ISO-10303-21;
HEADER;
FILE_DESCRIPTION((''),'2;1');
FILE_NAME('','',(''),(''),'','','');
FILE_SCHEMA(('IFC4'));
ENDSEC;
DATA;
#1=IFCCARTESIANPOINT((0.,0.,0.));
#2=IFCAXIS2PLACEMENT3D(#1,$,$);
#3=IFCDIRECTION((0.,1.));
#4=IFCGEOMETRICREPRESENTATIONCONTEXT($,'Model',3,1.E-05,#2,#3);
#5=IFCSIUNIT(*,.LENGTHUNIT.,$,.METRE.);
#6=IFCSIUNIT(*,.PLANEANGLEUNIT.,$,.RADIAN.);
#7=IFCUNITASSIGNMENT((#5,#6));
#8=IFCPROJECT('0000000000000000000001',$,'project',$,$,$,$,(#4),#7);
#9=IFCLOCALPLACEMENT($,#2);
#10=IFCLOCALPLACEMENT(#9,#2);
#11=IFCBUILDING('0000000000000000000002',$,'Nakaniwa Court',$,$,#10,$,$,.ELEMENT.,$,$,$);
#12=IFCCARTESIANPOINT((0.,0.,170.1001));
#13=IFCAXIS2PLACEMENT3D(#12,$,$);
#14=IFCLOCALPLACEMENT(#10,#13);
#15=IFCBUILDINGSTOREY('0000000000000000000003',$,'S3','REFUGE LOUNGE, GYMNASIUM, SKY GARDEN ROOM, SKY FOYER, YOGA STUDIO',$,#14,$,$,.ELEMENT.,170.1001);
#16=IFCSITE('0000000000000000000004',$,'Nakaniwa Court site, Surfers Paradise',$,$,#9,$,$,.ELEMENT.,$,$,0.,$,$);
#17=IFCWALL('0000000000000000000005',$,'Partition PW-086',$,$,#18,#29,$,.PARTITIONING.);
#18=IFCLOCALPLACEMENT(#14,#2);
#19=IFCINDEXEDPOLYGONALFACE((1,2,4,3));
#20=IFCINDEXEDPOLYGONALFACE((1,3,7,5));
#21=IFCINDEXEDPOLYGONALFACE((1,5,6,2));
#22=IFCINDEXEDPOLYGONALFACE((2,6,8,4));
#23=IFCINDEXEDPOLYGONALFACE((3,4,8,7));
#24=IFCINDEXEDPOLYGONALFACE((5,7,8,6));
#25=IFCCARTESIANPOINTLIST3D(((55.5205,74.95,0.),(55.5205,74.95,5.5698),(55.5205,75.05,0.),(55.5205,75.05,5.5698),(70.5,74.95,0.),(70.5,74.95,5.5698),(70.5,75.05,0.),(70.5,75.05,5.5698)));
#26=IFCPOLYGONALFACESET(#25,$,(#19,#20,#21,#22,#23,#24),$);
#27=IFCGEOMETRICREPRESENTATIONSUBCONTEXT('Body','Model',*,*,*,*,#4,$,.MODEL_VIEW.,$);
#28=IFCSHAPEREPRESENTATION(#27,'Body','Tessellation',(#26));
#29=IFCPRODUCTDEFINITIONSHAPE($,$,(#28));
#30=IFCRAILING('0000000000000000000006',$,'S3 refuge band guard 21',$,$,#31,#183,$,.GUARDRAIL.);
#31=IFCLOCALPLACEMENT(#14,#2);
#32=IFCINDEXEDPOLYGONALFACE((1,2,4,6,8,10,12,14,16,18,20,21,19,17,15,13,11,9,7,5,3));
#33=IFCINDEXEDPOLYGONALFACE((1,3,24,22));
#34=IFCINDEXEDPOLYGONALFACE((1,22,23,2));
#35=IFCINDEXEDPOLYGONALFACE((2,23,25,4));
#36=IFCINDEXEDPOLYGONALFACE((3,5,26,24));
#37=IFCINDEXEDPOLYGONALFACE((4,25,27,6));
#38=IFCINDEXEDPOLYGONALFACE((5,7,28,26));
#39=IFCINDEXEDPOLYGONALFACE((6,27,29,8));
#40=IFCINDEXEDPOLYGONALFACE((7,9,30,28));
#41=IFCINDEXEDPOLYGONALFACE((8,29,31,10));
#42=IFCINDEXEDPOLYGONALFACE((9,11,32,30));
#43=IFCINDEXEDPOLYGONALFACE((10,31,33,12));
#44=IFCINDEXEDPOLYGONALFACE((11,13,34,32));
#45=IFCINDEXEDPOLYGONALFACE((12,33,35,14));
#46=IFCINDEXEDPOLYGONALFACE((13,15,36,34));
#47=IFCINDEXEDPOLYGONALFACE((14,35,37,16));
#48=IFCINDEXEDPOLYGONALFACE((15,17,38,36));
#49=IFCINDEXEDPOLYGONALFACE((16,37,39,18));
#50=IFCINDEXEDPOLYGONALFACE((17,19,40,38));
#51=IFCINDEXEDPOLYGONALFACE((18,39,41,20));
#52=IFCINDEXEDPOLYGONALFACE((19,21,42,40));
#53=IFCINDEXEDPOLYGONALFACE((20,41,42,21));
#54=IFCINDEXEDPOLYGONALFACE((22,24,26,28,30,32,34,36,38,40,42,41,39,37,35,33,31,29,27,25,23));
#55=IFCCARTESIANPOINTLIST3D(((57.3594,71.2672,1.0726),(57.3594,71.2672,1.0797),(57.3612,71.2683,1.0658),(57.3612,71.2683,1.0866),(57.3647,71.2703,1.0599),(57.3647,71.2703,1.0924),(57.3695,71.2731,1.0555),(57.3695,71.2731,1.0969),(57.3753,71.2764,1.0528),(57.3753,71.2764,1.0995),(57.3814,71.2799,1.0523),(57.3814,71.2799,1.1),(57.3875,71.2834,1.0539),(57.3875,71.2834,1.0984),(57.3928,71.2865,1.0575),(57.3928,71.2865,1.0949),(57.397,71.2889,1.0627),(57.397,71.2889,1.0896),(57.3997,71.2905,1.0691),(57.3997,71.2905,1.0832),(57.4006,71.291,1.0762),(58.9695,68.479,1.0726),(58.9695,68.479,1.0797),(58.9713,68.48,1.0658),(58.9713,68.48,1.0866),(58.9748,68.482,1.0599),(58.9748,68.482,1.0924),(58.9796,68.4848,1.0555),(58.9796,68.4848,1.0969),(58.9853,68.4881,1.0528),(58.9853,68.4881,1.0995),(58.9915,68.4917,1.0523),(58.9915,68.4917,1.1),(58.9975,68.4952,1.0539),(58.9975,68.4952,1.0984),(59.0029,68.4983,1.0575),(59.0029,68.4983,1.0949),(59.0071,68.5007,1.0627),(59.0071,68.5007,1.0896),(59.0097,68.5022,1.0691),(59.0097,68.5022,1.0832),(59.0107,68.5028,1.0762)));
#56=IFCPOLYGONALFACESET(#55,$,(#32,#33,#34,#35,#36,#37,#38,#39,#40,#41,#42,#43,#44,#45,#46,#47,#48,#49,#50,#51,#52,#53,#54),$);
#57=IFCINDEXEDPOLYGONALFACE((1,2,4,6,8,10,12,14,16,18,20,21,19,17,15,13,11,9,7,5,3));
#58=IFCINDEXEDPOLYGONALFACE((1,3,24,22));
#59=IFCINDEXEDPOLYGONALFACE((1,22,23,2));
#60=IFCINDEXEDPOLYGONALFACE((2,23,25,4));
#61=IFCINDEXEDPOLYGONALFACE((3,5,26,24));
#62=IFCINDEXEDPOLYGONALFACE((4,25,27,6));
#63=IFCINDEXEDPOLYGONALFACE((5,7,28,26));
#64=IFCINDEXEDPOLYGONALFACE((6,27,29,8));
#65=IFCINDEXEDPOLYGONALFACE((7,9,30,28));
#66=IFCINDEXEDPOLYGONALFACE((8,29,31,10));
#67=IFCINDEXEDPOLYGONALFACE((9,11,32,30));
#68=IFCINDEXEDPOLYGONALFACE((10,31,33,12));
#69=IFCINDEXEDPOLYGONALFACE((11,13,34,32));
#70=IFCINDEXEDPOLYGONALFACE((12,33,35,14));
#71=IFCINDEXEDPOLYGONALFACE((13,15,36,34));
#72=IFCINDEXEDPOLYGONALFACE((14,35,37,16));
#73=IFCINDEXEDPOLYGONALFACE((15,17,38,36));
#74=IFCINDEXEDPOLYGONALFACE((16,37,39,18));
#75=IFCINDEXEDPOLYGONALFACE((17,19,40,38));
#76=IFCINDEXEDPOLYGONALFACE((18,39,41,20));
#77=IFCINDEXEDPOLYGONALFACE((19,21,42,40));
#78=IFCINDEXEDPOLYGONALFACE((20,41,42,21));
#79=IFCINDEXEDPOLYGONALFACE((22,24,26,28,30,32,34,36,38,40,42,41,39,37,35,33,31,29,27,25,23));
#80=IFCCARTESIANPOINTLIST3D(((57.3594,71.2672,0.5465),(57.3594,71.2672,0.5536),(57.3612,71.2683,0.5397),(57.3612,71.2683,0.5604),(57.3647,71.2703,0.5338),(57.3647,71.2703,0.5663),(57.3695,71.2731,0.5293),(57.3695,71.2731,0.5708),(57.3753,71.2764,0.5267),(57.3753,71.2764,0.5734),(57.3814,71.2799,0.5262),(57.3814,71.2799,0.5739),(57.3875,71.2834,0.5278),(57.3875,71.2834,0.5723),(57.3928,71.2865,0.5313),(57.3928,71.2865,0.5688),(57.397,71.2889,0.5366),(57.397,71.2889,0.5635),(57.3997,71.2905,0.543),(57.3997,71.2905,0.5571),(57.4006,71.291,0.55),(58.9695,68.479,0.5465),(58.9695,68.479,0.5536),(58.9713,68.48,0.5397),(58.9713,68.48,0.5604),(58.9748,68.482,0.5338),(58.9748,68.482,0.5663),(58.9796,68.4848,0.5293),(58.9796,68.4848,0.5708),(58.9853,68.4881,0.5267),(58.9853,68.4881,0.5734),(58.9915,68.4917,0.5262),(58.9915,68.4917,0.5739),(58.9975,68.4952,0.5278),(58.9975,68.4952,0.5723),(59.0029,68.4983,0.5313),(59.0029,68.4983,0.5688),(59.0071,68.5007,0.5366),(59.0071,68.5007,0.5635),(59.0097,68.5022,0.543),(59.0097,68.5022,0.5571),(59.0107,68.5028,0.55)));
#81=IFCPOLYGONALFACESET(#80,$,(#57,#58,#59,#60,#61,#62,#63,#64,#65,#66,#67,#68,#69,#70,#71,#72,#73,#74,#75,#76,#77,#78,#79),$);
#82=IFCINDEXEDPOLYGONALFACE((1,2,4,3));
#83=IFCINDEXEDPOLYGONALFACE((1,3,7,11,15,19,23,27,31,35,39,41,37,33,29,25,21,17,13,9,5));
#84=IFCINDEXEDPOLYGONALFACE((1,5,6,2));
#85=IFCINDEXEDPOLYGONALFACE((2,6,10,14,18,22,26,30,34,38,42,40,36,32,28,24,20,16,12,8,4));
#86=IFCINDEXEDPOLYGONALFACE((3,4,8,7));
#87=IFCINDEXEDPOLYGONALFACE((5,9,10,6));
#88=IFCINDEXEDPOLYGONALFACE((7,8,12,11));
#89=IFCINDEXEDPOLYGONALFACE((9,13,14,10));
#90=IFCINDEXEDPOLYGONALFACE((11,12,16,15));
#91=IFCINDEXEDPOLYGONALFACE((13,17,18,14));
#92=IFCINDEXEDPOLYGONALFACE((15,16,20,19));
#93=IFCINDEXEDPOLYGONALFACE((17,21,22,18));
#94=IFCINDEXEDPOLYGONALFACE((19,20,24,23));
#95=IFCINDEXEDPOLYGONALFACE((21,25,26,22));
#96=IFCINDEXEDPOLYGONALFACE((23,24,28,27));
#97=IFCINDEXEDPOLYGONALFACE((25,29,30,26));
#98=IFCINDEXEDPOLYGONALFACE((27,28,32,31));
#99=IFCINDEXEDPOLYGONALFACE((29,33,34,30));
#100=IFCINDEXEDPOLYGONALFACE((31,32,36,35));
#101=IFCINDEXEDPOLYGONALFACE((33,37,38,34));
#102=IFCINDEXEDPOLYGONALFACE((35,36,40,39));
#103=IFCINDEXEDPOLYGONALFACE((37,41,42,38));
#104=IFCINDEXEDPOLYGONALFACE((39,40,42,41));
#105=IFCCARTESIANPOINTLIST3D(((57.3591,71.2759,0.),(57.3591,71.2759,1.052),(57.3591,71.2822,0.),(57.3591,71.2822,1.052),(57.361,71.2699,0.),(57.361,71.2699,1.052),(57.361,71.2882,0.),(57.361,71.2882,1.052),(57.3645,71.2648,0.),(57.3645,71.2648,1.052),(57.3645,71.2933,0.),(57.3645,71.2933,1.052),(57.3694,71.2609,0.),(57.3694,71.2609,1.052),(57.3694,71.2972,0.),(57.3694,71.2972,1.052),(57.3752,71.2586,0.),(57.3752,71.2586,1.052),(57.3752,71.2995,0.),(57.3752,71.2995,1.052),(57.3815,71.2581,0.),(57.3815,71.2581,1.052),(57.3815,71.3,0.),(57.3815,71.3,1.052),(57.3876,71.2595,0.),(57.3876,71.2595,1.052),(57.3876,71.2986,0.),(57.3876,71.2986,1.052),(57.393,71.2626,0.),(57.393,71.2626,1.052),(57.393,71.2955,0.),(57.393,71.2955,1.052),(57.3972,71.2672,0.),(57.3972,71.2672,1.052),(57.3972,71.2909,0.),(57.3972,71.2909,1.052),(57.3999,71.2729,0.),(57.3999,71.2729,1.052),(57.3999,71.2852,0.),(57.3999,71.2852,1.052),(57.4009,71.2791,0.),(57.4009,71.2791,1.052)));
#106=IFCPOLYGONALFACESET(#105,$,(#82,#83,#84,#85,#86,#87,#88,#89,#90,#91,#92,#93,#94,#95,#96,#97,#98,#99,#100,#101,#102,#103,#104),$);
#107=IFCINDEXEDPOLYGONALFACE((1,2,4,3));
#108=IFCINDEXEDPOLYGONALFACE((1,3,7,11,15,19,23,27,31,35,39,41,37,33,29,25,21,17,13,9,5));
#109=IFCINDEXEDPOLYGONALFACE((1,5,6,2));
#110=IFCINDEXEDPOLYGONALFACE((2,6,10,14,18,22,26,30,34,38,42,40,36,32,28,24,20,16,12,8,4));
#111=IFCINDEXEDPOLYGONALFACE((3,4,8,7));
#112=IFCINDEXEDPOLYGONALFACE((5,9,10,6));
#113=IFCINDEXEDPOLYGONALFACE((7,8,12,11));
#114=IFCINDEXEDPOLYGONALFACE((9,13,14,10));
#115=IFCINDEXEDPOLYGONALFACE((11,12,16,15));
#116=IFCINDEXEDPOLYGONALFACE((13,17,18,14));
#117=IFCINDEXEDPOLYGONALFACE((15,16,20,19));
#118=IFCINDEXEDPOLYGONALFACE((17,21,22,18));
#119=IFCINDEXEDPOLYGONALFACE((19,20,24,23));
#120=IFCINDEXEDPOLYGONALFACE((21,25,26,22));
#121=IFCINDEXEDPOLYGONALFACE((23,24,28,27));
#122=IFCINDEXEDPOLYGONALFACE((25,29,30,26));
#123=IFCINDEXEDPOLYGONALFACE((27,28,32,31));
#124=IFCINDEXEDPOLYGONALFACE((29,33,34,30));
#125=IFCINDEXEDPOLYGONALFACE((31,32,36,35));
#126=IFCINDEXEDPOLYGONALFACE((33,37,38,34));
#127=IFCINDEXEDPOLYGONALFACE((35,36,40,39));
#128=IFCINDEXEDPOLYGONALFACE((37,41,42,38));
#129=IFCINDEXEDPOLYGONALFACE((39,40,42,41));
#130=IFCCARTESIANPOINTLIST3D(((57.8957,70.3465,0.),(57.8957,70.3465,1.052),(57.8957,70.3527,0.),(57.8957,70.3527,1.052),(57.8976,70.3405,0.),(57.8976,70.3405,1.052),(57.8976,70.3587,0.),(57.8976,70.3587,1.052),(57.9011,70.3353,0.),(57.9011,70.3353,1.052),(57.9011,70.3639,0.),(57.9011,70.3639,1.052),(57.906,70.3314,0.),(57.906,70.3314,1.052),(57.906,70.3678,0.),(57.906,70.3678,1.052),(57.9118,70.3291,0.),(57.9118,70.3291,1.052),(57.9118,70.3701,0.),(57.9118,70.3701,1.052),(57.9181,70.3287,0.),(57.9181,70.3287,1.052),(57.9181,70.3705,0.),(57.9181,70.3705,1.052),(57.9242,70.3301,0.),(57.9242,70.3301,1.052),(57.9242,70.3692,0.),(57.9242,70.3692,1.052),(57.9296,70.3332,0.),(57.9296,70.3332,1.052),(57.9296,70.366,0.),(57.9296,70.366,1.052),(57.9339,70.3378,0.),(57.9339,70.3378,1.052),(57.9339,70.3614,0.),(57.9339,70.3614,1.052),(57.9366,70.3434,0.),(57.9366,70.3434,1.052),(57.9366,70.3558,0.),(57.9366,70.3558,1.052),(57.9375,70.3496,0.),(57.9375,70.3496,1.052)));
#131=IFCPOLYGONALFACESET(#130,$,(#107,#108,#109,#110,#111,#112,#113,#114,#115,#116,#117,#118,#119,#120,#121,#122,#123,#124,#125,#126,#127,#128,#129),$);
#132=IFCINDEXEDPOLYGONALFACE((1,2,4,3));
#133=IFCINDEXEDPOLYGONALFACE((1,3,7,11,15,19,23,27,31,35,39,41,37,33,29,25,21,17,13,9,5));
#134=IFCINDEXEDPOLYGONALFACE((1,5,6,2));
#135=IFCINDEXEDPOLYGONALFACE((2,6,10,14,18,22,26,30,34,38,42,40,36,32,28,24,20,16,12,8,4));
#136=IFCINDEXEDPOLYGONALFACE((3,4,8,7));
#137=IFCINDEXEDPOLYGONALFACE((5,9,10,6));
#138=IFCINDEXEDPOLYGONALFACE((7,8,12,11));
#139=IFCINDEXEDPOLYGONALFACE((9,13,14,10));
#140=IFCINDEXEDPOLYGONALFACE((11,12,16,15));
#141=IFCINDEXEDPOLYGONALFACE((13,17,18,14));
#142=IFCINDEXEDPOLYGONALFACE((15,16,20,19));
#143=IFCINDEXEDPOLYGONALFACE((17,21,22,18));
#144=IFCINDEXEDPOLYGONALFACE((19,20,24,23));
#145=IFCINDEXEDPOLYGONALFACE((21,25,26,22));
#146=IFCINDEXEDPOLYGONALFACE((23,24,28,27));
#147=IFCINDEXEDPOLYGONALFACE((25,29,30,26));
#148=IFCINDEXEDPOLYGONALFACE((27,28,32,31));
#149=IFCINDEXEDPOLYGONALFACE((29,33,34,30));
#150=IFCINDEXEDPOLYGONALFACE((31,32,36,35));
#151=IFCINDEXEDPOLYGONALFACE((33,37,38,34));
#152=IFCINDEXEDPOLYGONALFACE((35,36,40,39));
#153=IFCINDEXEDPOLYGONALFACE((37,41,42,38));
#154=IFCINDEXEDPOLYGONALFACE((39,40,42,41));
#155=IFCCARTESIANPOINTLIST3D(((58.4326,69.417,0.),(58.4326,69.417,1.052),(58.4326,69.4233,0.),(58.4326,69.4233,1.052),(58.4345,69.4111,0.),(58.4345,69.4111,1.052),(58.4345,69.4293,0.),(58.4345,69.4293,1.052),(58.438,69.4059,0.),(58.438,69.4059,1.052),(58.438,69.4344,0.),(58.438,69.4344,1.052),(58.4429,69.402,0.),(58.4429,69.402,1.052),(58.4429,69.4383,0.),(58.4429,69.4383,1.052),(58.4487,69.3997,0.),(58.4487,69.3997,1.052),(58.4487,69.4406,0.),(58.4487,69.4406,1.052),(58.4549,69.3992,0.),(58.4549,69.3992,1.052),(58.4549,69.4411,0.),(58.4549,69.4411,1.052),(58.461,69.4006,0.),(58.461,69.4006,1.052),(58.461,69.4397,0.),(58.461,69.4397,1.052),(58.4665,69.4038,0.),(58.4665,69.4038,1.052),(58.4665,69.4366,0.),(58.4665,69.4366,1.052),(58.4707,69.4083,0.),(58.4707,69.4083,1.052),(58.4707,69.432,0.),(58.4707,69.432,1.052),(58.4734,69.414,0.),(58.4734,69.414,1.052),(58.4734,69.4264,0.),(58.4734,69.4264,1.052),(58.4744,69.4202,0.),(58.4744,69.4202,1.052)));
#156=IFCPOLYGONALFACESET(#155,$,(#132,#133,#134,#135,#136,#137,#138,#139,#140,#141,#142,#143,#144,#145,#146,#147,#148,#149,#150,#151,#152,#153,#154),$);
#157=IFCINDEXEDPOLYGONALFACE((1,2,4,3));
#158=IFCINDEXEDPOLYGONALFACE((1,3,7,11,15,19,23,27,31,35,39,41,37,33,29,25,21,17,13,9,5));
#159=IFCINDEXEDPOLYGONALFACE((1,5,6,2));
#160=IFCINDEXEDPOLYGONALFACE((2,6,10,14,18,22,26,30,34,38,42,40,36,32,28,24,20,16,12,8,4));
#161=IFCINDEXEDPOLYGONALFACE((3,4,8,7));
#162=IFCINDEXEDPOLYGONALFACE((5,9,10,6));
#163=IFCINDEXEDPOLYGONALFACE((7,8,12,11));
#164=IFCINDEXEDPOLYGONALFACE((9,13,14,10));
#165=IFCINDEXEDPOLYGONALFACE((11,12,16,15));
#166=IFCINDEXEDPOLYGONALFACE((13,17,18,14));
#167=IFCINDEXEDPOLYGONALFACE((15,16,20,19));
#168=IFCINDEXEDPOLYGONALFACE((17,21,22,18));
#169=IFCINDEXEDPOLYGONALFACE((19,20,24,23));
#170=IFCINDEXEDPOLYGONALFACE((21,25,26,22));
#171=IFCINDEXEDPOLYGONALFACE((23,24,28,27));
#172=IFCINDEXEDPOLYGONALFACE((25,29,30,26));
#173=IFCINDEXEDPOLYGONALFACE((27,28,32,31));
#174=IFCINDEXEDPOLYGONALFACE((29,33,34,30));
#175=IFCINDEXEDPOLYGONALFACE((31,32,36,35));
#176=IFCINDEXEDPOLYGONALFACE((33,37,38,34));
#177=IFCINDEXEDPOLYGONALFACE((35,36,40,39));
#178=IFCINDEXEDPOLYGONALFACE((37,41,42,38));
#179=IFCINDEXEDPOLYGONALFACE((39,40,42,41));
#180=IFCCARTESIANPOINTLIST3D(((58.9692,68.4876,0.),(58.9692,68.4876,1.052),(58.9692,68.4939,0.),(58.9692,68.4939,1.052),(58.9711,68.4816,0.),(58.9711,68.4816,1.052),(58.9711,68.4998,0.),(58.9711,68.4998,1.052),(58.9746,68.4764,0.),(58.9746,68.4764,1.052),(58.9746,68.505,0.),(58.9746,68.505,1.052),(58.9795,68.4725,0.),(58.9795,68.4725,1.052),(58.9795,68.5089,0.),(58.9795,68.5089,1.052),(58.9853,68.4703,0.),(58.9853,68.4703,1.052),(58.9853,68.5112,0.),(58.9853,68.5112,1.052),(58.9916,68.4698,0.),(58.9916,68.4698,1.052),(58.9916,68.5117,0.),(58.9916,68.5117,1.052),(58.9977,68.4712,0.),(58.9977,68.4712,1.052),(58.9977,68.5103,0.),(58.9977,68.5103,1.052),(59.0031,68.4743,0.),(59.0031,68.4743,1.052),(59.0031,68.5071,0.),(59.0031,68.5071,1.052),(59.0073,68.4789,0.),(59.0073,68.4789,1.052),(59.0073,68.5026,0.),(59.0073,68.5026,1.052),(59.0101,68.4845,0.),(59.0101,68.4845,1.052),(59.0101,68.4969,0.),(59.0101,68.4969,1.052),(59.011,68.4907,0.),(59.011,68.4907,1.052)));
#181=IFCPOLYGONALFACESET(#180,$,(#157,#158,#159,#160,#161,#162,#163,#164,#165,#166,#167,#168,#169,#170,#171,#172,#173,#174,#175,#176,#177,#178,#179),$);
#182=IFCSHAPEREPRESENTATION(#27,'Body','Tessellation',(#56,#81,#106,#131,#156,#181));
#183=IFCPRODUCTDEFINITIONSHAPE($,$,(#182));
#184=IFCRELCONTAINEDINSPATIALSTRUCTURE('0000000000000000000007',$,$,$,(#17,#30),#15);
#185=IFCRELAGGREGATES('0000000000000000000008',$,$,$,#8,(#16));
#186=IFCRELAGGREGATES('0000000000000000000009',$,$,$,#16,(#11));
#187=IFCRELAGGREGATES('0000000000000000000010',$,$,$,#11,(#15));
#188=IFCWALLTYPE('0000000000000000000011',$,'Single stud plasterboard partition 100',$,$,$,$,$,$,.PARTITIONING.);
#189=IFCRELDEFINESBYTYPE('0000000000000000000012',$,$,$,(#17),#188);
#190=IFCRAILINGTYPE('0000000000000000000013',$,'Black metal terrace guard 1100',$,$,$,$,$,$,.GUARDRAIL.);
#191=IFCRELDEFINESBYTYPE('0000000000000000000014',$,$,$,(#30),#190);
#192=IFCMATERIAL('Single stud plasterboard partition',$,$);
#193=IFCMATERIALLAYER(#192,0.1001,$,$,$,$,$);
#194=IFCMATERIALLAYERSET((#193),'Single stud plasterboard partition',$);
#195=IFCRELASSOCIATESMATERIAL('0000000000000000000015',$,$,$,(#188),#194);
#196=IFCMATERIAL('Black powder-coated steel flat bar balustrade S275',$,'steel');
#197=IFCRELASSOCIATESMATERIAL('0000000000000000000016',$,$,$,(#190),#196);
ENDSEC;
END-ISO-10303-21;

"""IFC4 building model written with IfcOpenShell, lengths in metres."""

from ifc_helpers import new_model, si_unit, direction, frame, frame_2d, origin, origin_2d, place, context, subcontext, project, spatial, rectangle, circle, extrude, material, layer, layer_set, type_object, element, save


model = new_model("IFC4")

# Units and contexts
model_context = context("Model", 3, precision=1e-05, world=origin(), true_north=direction((0.0, 1.0)))
body_context = subcontext(model_context, "Body", "Model", "MODEL_VIEW")
ifc_project = project(units=[si_unit("LENGTHUNIT", "METRE"), si_unit("PLANEANGLEUNIT", "RADIAN")], contexts=[model_context])

# Site, building, storey
site_placement = place(None, origin())
site = spatial("IfcSite", under=ifc_project, at=site_placement, Name="Nakaniwa Court site, Surfers Paradise", CompositionType="ELEMENT", RefElevation=0.0)
building_placement = place(site_placement, origin())
building = spatial("IfcBuilding", under=site, at=building_placement, Name="Nakaniwa Court", CompositionType="ELEMENT")
storey_placement = place(building_placement, frame((0.0, 0.0, 170.1001)))
storey = spatial("IfcBuildingStorey", under=building, at=storey_placement, Name="S3", Description="REFUGE LOUNGE, GYMNASIUM, SKY GARDEN ROOM, SKY FOYER, YOGA STUDIO", CompositionType="ELEMENT", Elevation=170.1001)

# Wall
ifc_material_1 = material(Name="Single stud plasterboard partition")
ifc_layer = layer(ifc_material_1, 0.1001)
ifc_layer_set = layer_set([ifc_layer], Name="Single stud plasterboard partition")
wall_type = type_object("IfcWallType", Name="Single stud plasterboard partition 100", PredefinedType="PARTITIONING", material=ifc_layer_set)
wall_placement = place(storey_placement, frame((55.5205, 75.0, 0.0), z_axis=(0.0, 0.0, 1.0), x_axis=(1.0, 0.0, 0.0)))
element("IfcWall", 1, at=wall_placement, inside=storey, type_object=wall_type, Name="Partition PW-086", PredefinedType="PARTITIONING", context=body_context, shape_type="SweptSolid", body=[
    extrude(rectangle(XDim=14.9795, YDim=0.1001, at=frame_2d((7.4897, 0.0))), origin(), (0.0, 0.0, 1.0), 5.5698),
])

# Railing
ifc_material_2 = material(Name="Black powder-coated steel flat bar balustrade S275", Category="steel")
railing_type = type_object("IfcRailingType", Name="Black metal terrace guard 1100", PredefinedType="GUARDRAIL", material=ifc_material_2)
railing_1_placement = place(storey_placement, frame((57.3799, 71.2791, 0.0)))
element("IfcRailing", 2, at=railing_1_placement, inside=storey, type_object=railing_type, Name="S3 refuge band guard 21", PredefinedType="GUARDRAIL", context=body_context, shape_type="SweptSolid", body=[
    extrude(circle(Radius=0.0239, at=origin_2d()), frame((0.0, 0.0, 1.0762), z_axis=(0.500062, -0.86599, 0.0), x_axis=(0.86599, 0.500062, 0.0)), (0.0, 0.0, 1.0), 3.2197),
    extrude(circle(Radius=0.0239, at=origin_2d()), frame((0.0, 0.0, 0.55), z_axis=(0.500062, -0.86599, 0.0), x_axis=(0.86599, 0.500062, 0.0)), (0.0, 0.0, 1.0), 3.2197),
    extrude(circle(Radius=0.021, at=origin_2d()), origin(), (0.0, 0.0, 1.0), 1.052),
    extrude(circle(Radius=0.021, at=origin_2d()), frame((0.5366, -0.9294, 0.0)), (0.0, 0.0, 1.0), 1.052),
    extrude(circle(Radius=0.021, at=origin_2d()), frame((1.0735, -1.8589, 0.0)), (0.0, 0.0, 1.0), 1.052),
    extrude(circle(Radius=0.021, at=origin_2d()), frame((1.6101, -2.7883, 0.0)), (0.0, 0.0, 1.0), 1.052),
])

save(model, "model.ifc")
